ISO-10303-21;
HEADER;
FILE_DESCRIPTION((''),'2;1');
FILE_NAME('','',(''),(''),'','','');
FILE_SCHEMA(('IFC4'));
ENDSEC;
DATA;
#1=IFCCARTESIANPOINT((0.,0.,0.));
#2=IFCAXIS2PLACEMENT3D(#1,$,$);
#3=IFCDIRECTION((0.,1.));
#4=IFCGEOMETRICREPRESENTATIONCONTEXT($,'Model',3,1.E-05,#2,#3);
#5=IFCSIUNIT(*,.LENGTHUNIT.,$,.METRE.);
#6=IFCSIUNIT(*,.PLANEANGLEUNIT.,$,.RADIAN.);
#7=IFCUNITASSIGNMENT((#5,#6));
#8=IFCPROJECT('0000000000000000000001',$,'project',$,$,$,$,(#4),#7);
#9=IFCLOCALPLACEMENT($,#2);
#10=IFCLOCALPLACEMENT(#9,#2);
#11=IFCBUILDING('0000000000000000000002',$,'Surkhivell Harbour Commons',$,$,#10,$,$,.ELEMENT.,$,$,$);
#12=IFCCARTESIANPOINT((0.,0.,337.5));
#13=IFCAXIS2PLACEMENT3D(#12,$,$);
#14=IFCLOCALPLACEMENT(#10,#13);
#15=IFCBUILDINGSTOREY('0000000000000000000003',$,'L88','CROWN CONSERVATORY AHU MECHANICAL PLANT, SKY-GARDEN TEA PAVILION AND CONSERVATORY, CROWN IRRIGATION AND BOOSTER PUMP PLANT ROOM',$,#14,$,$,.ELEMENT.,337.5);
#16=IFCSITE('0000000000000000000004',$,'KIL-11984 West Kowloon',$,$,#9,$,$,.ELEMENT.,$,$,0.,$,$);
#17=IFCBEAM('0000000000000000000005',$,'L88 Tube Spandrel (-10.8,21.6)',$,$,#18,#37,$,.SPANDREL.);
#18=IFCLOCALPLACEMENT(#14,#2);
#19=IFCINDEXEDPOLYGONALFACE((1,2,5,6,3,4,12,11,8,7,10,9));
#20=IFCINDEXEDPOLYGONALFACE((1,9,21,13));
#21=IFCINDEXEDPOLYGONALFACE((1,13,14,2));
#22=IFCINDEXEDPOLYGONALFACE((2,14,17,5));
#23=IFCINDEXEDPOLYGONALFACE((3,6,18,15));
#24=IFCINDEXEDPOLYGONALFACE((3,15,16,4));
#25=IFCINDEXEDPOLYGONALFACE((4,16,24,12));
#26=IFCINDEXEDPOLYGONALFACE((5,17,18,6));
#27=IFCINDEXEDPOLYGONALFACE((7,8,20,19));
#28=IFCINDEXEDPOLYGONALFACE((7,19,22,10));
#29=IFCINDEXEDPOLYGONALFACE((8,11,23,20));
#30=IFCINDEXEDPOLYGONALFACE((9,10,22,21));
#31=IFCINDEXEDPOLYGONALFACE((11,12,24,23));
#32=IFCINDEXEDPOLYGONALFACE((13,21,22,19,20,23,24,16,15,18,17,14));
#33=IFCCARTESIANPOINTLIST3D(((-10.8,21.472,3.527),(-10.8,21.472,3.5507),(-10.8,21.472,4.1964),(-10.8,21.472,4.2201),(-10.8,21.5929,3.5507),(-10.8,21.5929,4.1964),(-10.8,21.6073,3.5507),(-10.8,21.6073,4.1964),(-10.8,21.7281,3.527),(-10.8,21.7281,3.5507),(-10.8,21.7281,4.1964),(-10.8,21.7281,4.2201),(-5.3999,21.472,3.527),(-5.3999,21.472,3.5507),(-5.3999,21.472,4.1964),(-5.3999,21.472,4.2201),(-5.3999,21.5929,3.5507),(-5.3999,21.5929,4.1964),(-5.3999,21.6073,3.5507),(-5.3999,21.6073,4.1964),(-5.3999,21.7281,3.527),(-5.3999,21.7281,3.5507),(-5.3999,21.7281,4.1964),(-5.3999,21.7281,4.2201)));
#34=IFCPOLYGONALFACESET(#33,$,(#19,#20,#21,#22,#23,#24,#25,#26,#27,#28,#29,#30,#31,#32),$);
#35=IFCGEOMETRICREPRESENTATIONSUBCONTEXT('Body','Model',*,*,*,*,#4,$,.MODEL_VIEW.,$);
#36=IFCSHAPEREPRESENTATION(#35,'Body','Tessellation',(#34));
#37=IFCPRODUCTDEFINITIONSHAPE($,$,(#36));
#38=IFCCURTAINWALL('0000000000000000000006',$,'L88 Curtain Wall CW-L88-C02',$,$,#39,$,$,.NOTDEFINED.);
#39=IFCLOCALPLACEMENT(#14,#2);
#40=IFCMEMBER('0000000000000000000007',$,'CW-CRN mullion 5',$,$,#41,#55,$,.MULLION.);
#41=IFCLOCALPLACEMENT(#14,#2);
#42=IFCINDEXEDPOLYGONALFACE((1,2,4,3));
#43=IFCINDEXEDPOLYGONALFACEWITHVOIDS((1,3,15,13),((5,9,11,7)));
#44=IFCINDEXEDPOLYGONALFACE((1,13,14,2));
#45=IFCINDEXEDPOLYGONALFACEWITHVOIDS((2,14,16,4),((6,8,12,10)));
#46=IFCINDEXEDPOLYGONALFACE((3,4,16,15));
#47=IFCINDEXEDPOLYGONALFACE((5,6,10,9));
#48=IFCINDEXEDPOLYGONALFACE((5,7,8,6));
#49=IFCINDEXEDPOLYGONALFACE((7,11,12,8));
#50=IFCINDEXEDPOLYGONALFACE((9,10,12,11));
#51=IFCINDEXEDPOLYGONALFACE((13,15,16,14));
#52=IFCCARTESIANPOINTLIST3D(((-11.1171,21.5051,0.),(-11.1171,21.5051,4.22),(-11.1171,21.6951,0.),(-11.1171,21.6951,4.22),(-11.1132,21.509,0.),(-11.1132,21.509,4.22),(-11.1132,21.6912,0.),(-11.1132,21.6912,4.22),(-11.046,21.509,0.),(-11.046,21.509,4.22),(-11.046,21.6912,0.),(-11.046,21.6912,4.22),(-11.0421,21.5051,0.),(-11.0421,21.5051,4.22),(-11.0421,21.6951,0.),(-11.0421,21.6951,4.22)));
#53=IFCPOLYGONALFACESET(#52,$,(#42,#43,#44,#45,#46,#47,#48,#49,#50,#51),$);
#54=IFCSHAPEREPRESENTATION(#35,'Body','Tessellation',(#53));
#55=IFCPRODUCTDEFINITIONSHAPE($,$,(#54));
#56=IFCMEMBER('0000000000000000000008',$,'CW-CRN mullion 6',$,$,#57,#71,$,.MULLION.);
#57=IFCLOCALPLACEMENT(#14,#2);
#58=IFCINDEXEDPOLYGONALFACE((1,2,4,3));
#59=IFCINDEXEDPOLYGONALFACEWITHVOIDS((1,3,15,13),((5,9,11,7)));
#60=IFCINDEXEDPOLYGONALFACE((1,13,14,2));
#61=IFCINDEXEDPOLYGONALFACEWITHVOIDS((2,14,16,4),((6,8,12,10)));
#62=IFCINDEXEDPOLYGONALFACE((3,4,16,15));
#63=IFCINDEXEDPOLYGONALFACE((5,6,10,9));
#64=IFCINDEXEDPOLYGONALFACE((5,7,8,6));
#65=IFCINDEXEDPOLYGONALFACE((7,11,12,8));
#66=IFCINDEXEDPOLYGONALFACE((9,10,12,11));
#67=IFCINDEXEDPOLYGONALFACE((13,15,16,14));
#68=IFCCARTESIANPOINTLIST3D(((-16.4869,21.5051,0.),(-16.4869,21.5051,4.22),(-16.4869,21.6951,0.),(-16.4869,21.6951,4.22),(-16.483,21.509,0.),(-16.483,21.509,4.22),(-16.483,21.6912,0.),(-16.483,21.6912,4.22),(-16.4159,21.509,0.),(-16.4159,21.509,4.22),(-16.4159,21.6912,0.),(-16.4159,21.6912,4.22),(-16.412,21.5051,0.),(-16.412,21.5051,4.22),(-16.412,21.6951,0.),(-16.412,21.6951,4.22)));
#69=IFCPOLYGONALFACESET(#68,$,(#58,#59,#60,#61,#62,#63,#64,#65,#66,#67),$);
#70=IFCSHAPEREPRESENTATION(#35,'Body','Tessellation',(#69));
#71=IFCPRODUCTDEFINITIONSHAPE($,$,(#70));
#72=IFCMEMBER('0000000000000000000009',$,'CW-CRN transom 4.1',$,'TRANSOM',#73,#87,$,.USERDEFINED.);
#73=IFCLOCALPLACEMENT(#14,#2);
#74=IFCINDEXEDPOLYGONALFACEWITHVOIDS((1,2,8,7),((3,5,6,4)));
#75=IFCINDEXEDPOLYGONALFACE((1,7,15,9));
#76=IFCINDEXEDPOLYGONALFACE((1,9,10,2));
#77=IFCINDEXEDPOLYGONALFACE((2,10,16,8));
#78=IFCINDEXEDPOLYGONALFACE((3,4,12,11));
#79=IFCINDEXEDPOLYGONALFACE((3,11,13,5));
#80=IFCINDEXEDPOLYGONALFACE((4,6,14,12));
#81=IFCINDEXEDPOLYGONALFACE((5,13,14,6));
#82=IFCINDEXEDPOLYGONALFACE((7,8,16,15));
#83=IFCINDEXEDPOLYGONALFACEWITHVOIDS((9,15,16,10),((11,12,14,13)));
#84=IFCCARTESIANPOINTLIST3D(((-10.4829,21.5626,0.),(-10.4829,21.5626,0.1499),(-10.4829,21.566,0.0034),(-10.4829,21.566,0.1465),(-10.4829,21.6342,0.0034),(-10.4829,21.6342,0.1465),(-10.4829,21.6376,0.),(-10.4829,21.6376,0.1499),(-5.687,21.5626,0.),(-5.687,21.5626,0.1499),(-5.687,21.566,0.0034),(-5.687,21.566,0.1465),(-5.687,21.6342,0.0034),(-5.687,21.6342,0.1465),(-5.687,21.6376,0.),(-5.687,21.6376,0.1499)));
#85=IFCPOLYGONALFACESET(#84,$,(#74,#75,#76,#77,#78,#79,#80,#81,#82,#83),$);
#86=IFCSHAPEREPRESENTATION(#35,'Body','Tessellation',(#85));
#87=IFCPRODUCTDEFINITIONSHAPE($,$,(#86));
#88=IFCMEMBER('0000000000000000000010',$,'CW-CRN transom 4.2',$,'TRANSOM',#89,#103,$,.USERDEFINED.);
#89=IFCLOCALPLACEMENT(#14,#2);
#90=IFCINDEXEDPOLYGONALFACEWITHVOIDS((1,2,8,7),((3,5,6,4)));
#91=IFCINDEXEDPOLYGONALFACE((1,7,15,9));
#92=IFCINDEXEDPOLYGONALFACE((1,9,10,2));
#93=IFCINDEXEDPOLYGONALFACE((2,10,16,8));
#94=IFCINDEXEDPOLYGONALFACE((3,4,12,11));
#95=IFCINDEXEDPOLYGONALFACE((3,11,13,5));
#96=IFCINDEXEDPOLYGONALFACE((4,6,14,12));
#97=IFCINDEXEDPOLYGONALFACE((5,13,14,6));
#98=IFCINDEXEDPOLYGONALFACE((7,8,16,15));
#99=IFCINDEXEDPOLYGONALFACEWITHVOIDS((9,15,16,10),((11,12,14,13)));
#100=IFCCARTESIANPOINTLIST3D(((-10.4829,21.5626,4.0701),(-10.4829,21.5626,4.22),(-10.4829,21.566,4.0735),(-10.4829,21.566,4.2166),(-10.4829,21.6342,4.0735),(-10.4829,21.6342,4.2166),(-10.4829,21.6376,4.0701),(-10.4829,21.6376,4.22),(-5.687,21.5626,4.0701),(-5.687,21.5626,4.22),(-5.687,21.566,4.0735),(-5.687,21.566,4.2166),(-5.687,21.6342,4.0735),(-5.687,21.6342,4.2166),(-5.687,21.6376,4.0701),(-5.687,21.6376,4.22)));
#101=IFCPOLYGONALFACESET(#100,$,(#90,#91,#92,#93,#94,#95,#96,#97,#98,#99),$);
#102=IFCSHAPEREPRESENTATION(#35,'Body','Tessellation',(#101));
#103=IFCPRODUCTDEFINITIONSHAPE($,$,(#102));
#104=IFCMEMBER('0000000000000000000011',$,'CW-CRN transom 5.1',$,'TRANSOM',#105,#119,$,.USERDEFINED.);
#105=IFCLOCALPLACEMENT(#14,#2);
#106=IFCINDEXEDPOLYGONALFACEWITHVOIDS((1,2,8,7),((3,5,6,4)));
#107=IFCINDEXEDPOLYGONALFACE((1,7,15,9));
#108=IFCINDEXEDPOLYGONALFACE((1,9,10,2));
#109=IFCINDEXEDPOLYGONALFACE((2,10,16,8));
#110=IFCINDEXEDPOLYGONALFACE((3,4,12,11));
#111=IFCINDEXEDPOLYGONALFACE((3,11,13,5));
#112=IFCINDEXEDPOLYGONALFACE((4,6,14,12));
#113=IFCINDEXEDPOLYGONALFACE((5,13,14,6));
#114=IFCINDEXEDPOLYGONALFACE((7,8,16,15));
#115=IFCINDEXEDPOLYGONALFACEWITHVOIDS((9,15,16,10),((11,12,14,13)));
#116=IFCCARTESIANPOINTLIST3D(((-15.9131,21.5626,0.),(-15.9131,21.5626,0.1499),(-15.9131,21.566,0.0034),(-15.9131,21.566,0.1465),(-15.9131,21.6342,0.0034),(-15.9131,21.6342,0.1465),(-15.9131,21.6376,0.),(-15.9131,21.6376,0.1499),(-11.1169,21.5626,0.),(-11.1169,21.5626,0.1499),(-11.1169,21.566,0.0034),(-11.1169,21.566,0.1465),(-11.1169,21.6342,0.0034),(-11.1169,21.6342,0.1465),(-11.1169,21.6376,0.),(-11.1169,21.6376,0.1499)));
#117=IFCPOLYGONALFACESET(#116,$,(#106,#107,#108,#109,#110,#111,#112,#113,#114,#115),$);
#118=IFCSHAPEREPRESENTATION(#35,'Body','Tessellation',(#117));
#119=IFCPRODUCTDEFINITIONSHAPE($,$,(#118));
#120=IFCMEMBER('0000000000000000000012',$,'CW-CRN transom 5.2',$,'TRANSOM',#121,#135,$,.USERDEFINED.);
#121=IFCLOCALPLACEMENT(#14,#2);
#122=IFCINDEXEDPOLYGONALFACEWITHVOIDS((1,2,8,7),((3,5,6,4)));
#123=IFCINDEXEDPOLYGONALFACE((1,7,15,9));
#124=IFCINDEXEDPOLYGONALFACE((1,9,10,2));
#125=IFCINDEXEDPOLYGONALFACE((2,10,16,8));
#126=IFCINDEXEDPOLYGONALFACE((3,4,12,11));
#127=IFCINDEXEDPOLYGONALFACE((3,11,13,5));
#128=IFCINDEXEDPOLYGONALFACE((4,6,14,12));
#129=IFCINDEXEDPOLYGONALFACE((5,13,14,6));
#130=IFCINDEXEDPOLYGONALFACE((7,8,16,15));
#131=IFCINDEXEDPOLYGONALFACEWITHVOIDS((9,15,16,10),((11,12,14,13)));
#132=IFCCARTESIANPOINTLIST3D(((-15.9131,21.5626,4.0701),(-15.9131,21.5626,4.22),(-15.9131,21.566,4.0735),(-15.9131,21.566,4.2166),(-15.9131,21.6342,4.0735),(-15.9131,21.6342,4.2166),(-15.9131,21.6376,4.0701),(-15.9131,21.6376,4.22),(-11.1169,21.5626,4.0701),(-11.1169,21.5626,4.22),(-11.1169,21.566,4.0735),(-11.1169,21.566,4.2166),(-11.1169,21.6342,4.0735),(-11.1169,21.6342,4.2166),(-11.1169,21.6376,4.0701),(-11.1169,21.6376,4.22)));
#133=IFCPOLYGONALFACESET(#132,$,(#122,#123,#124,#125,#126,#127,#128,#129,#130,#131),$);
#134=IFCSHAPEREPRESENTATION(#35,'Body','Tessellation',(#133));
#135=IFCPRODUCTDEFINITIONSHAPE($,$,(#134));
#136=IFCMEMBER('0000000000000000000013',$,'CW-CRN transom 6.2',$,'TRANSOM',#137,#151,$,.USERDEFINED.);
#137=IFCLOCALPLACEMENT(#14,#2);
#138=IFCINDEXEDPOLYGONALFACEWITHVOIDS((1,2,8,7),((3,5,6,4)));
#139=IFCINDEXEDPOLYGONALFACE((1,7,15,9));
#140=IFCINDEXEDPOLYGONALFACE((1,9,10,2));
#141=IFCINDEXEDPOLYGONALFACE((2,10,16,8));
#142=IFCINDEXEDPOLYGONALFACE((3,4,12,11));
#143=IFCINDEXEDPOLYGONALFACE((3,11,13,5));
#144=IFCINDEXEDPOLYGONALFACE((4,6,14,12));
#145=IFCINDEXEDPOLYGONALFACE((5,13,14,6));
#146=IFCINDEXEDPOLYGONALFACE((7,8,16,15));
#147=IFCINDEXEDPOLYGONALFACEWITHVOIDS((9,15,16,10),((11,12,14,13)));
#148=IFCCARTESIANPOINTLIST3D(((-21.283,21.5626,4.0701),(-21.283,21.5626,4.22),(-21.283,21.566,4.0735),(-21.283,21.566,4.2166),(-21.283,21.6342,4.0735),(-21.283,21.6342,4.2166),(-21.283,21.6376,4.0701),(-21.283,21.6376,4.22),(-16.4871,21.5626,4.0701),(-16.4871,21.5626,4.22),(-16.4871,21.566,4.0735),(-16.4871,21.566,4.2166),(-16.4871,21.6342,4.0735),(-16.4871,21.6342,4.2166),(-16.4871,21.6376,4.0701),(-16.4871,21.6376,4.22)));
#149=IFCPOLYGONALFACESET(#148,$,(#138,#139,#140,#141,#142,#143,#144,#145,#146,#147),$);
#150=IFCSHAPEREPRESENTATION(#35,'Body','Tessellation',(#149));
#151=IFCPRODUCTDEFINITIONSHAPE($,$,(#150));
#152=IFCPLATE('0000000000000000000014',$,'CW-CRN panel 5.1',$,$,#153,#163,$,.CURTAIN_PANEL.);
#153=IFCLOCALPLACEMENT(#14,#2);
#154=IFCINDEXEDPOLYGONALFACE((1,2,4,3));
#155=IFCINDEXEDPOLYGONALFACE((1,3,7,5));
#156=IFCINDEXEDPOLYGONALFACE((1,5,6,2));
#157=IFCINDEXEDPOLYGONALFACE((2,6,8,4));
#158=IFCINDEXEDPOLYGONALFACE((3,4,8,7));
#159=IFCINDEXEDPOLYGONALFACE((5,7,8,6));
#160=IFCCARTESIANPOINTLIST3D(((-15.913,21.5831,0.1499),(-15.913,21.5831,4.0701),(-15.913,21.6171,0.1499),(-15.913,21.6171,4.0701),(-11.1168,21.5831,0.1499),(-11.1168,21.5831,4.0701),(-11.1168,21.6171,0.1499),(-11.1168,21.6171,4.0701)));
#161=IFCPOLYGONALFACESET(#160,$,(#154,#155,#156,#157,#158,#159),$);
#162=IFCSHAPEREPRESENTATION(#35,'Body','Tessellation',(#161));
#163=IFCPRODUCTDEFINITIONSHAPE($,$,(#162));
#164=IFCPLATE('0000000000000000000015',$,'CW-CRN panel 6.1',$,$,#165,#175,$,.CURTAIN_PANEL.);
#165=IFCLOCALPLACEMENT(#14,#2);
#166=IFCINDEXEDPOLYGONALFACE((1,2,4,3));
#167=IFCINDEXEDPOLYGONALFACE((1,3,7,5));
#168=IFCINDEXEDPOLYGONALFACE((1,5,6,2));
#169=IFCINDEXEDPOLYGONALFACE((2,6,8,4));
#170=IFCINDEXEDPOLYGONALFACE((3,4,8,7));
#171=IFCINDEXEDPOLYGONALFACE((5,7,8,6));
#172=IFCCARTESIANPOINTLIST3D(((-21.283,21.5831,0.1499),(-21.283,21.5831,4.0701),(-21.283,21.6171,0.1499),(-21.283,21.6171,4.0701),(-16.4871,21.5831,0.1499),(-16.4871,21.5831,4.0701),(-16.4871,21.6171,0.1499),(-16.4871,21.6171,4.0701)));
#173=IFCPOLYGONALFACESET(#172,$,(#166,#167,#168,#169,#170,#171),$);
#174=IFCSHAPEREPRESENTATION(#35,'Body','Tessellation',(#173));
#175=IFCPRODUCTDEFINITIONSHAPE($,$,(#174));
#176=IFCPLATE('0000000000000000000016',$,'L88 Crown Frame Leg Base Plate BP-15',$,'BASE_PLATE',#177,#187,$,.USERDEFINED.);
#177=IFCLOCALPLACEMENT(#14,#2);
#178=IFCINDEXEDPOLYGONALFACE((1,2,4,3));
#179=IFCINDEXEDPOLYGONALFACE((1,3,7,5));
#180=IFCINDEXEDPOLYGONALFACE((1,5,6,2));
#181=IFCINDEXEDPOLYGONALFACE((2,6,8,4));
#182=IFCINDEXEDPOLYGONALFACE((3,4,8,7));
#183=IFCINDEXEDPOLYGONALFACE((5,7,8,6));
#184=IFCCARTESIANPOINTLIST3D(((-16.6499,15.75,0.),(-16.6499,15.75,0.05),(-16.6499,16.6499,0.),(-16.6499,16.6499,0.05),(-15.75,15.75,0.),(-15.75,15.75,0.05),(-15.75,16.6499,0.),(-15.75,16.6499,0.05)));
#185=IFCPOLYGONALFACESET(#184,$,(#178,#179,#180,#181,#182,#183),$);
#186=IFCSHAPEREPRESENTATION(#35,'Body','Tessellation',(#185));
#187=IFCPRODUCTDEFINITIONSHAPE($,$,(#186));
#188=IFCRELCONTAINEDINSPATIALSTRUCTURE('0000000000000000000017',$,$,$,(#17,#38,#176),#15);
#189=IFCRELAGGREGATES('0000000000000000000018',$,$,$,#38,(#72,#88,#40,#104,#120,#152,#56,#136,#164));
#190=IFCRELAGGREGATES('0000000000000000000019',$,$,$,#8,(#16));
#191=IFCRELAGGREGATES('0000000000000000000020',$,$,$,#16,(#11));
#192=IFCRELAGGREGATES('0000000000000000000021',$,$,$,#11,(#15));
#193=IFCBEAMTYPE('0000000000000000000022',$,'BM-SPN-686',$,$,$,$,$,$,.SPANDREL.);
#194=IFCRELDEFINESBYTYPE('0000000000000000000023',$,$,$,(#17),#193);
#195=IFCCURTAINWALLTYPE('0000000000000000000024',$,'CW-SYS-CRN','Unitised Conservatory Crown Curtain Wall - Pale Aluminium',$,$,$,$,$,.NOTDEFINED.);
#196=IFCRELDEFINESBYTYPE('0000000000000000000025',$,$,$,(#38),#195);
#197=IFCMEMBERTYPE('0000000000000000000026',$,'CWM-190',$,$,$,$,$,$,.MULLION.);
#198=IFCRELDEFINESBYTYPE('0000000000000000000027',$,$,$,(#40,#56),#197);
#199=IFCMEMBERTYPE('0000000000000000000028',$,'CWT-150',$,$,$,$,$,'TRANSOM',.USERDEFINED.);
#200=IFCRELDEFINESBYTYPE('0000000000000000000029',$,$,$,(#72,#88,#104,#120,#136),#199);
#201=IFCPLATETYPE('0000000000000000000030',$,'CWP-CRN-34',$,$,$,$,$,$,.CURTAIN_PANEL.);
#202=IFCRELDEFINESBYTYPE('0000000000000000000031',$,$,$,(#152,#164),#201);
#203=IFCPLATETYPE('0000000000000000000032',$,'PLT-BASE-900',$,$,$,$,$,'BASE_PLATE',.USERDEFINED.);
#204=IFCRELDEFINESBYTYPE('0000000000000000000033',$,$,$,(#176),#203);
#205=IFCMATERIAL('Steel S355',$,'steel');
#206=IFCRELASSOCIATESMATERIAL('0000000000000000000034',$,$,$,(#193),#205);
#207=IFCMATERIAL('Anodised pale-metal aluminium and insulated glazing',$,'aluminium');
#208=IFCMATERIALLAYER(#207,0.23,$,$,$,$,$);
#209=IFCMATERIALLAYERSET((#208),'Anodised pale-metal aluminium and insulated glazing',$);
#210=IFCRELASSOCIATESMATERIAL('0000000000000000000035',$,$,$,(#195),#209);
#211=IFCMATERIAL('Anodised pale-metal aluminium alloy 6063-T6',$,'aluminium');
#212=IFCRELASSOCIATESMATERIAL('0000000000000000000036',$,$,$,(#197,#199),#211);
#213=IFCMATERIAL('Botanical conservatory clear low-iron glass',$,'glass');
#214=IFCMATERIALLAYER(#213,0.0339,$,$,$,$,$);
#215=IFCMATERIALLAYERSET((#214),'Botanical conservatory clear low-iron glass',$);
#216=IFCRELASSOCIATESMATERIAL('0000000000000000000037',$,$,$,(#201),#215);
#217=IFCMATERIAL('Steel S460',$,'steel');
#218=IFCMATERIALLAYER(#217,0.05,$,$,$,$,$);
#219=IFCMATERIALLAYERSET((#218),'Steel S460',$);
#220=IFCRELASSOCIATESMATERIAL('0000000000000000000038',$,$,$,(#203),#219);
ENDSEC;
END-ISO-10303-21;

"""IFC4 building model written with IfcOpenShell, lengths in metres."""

from ifc_helpers import new_model, si_unit, direction, frame, frame_2d, origin, origin_2d, place, context, subcontext, project, spatial, rectangle, hollow_rectangle, i_section, extrude, material, layer, layer_set, material_profile, profile_set, type_object, element, aggregate, save


model = new_model("IFC4")

# Units and contexts
model_context = context("Model", 3, precision=1e-05, world=origin(), true_north=direction((0.0, 1.0)))
body_context = subcontext(model_context, "Body", "Model", "MODEL_VIEW")
ifc_project = project(units=[si_unit("LENGTHUNIT", "METRE"), si_unit("PLANEANGLEUNIT", "RADIAN")], contexts=[model_context])

# Site, building, storey
site_placement = place(None, origin())
site = spatial("IfcSite", under=ifc_project, at=site_placement, Name="KIL-11984 West Kowloon", CompositionType="ELEMENT", RefElevation=0.0)
building_placement = place(site_placement, origin())
building = spatial("IfcBuilding", under=site, at=building_placement, Name="Surkhivell Harbour Commons", CompositionType="ELEMENT")
storey_placement = place(building_placement, frame((0.0, 0.0, 337.5)))
storey = spatial("IfcBuildingStorey", under=building, at=storey_placement, Name="L88", Description="CROWN CONSERVATORY AHU MECHANICAL PLANT, SKY-GARDEN TEA PAVILION AND CONSERVATORY, CROWN IRRIGATION AND BOOSTER PUMP PLANT ROOM", CompositionType="ELEMENT", Elevation=337.5)

# Shared definitions
ifc_material_1 = material(Name="Steel S460", Category="steel")

# Beam
ifc_material_2 = material(Name="Steel S355", Category="steel")
ifc_material_profile_1 = material_profile(ifc_material_2, i_section(OverallWidth=0.2561, OverallDepth=0.6931, WebThickness=0.0144, FlangeThickness=0.0237, at=origin_2d()), Name="UB686x254x170")
ifc_profile_set_1 = profile_set([ifc_material_profile_1], Name="Steel S355")
beam_type_1 = type_object("IfcBeamType", Name="BM-SPN-686", PredefinedType="SPANDREL", material=ifc_profile_set_1)
beam_1_placement = place(storey_placement, frame((-10.8, 21.6001, 3.8735), z_axis=(1.0, 0.0, 0.0), x_axis=(0.0, 1.0, 0.0)))
element("IfcBeam", 1, at=beam_1_placement, inside=storey, type_object=beam_type_1, Name="L88 Tube Spandrel (-10.8,21.6)", PredefinedType="SPANDREL", context=body_context, shape_type="SweptSolid", body=[
    extrude(i_section(OverallWidth=0.2561, OverallDepth=0.6931, WebThickness=0.0144, FlangeThickness=0.0237, at=origin_2d()), origin(), (0.0, 0.0, 1.0), 5.4001),
])

# Curtain wall, members, plates
ifc_material_3 = material(Name="Anodised pale-metal aluminium and insulated glazing", Category="aluminium")
ifc_layer_1 = layer(ifc_material_3, 0.23)
ifc_layer_set_1 = layer_set([ifc_layer_1], Name="Anodised pale-metal aluminium and insulated glazing")
curtain_wall_type = type_object("IfcCurtainWallType", Name="CW-SYS-CRN", Description="Unitised Conservatory Crown Curtain Wall - Pale Aluminium", PredefinedType="NOTDEFINED", material=ifc_layer_set_1)
curtain_wall_placement = place(storey_placement, origin())
curtain_wall = element("IfcCurtainWall", 2, at=curtain_wall_placement, inside=storey, type_object=curtain_wall_type, Name="L88 Curtain Wall CW-L88-C02", PredefinedType="NOTDEFINED")
ifc_material_4 = material(Name="Anodised pale-metal aluminium alloy 6063-T6", Category="aluminium")
ifc_material_profile_2 = material_profile(ifc_material_4, hollow_rectangle(XDim=0.075, YDim=0.1899, WallThickness=0.0039, at=origin_2d()), Name="ALU-MULL-75x190")
ifc_profile_set_2 = profile_set([ifc_material_profile_2], Name="Anodised pale-metal aluminium alloy 6063-T6")
member_type_1 = type_object("IfcMemberType", Name="CWM-190", PredefinedType="MULLION", material=ifc_profile_set_2)
member_1_placement = place(storey_placement, frame((-11.0796, 21.6001, 0.0), z_axis=(0.0, 0.0, 1.0), x_axis=(-1.0, 0.0, 0.0)))
member_1 = element("IfcMember", 3, at=member_1_placement, type_object=member_type_1, Name="CW-CRN mullion 5", PredefinedType="MULLION", context=body_context, shape_type="SweptSolid", body=[
    extrude(hollow_rectangle(XDim=0.075, YDim=0.1899, WallThickness=0.0039, at=origin_2d()), origin(), (0.0, 0.0, 1.0), 4.22),
])
member_2_placement = place(storey_placement, frame((-16.4495, 21.6001, 0.0), z_axis=(0.0, 0.0, 1.0), x_axis=(-1.0, 0.0, 0.0)))
member_2 = element("IfcMember", 4, at=member_2_placement, type_object=member_type_1, Name="CW-CRN mullion 6", PredefinedType="MULLION", context=body_context, shape_type="SweptSolid", body=[
    extrude(hollow_rectangle(XDim=0.075, YDim=0.1899, WallThickness=0.0039, at=origin_2d()), origin(), (0.0, 0.0, 1.0), 4.22),
])
ifc_material_profile_3 = material_profile(ifc_material_4, hollow_rectangle(XDim=0.075, YDim=0.1499, WallThickness=0.0034, at=origin_2d()), Name="ALU-TRAN-75x150")
ifc_profile_set_3 = profile_set([ifc_material_profile_3], Name="Anodised pale-metal aluminium alloy 6063-T6")
member_type_2 = type_object("IfcMemberType", Name="CWT-150", ElementType="TRANSOM", PredefinedType="USERDEFINED", material=ifc_profile_set_3)
member_3_placement = place(storey_placement, frame((-5.687, 21.6001, 0.075), z_axis=(-1.0, 0.0, 0.0), x_axis=(0.0, -1.0, 0.0)))
member_3 = element("IfcMember", 5, at=member_3_placement, type_object=member_type_2, Name="CW-CRN transom 4.1", ObjectType="TRANSOM", PredefinedType="USERDEFINED", context=body_context, shape_type="SweptSolid", body=[
    extrude(hollow_rectangle(XDim=0.075, YDim=0.1499, WallThickness=0.0034, at=origin_2d()), origin(), (0.0, 0.0, 1.0), 4.7959),
])
member_4_placement = place(storey_placement, frame((-5.687, 21.6001, 4.145), z_axis=(-1.0, 0.0, 0.0), x_axis=(0.0, -1.0, 0.0)))
member_4 = element("IfcMember", 6, at=member_4_placement, type_object=member_type_2, Name="CW-CRN transom 4.2", ObjectType="TRANSOM", PredefinedType="USERDEFINED", context=body_context, shape_type="SweptSolid", body=[
    extrude(hollow_rectangle(XDim=0.075, YDim=0.1499, WallThickness=0.0034, at=origin_2d()), origin(), (0.0, 0.0, 1.0), 4.7959),
])
member_5_placement = place(storey_placement, frame((-11.1169, 21.6001, 0.075), z_axis=(-1.0, 0.0, 0.0), x_axis=(0.0, -1.0, 0.0)))
member_5 = element("IfcMember", 7, at=member_5_placement, type_object=member_type_2, Name="CW-CRN transom 5.1", ObjectType="TRANSOM", PredefinedType="USERDEFINED", context=body_context, shape_type="SweptSolid", body=[
    extrude(hollow_rectangle(XDim=0.075, YDim=0.1499, WallThickness=0.0034, at=origin_2d()), origin(), (0.0, 0.0, 1.0), 4.7961),
])
member_6_placement = place(storey_placement, frame((-11.1169, 21.6001, 4.145), z_axis=(-1.0, 0.0, 0.0), x_axis=(0.0, -1.0, 0.0)))
member_6 = element("IfcMember", 8, at=member_6_placement, type_object=member_type_2, Name="CW-CRN transom 5.2", ObjectType="TRANSOM", PredefinedType="USERDEFINED", context=body_context, shape_type="SweptSolid", body=[
    extrude(hollow_rectangle(XDim=0.075, YDim=0.1499, WallThickness=0.0034, at=origin_2d()), origin(), (0.0, 0.0, 1.0), 4.7961),
])
member_7_placement = place(storey_placement, frame((-16.4871, 21.6001, 4.145), z_axis=(-1.0, 0.0, 0.0), x_axis=(0.0, -1.0, 0.0)))
member_7 = element("IfcMember", 9, at=member_7_placement, type_object=member_type_2, Name="CW-CRN transom 6.2", ObjectType="TRANSOM", PredefinedType="USERDEFINED", context=body_context, shape_type="SweptSolid", body=[
    extrude(hollow_rectangle(XDim=0.075, YDim=0.1499, WallThickness=0.0034, at=origin_2d()), origin(), (0.0, 0.0, 1.0), 4.7959),
])
ifc_material_5 = material(Name="Botanical conservatory clear low-iron glass", Category="glass")
ifc_layer_2 = layer(ifc_material_5, 0.0339)
ifc_layer_set_2 = layer_set([ifc_layer_2], Name="Botanical conservatory clear low-iron glass")
plate_type_1 = type_object("IfcPlateType", Name="CWP-CRN-34", PredefinedType="CURTAIN_PANEL", material=ifc_layer_set_2)
plate_1_placement = place(storey_placement, frame((-11.1169, 21.6001, 0.1499), z_axis=(0.0, 0.0, 1.0), x_axis=(-1.0, 0.0, 0.0)))
plate_1 = element("IfcPlate", 10, at=plate_1_placement, type_object=plate_type_1, Name="CW-CRN panel 5.1", PredefinedType="CURTAIN_PANEL", context=body_context, shape_type="SweptSolid", body=[
    extrude(rectangle(XDim=4.7961, YDim=0.0339, at=frame_2d((2.3979, 0.0))), origin(), (0.0, 0.0, 1.0), 3.9202),
])
plate_2_placement = place(storey_placement, frame((-16.4871, 21.6001, 0.1499), z_axis=(0.0, 0.0, 1.0), x_axis=(-1.0, 0.0, 0.0)))
plate_2 = element("IfcPlate", 11, at=plate_2_placement, type_object=plate_type_1, Name="CW-CRN panel 6.1", PredefinedType="CURTAIN_PANEL", context=body_context, shape_type="SweptSolid", body=[
    extrude(rectangle(XDim=4.7959, YDim=0.0339, at=frame_2d((2.3979, 0.0))), origin(), (0.0, 0.0, 1.0), 3.9202),
])
aggregate(curtain_wall, [member_3, member_4, member_1, member_5, member_6, plate_1, member_2, member_7, plate_2])

# Plate
ifc_layer_3 = layer(ifc_material_1, 0.05)
ifc_layer_set_3 = layer_set([ifc_layer_3], Name="Steel S460")
plate_type_2 = type_object("IfcPlateType", Name="PLT-BASE-900", ElementType="BASE_PLATE", PredefinedType="USERDEFINED", material=ifc_layer_set_3)
for number, where, z_axis, x_axis, name in (
    (12, (-16.2, 16.2, 0.0), (0.0, 0.0, 1.0), (1.0, 0.0, 0.0), "L88 Crown Frame Leg Base Plate BP-15"),
):
    element("IfcPlate", number, at=place(storey_placement, frame(where, z_axis=z_axis, x_axis=x_axis)), inside=storey, type_object=plate_type_2, Name=name, ObjectType="BASE_PLATE", PredefinedType="USERDEFINED", context=body_context, shape_type="SweptSolid", body=[
        extrude(rectangle(XDim=0.8999, YDim=0.8999, at=origin_2d()), origin(), (0.0, 0.0, 1.0), 0.05),
    ])

save(model, "model.ifc")
